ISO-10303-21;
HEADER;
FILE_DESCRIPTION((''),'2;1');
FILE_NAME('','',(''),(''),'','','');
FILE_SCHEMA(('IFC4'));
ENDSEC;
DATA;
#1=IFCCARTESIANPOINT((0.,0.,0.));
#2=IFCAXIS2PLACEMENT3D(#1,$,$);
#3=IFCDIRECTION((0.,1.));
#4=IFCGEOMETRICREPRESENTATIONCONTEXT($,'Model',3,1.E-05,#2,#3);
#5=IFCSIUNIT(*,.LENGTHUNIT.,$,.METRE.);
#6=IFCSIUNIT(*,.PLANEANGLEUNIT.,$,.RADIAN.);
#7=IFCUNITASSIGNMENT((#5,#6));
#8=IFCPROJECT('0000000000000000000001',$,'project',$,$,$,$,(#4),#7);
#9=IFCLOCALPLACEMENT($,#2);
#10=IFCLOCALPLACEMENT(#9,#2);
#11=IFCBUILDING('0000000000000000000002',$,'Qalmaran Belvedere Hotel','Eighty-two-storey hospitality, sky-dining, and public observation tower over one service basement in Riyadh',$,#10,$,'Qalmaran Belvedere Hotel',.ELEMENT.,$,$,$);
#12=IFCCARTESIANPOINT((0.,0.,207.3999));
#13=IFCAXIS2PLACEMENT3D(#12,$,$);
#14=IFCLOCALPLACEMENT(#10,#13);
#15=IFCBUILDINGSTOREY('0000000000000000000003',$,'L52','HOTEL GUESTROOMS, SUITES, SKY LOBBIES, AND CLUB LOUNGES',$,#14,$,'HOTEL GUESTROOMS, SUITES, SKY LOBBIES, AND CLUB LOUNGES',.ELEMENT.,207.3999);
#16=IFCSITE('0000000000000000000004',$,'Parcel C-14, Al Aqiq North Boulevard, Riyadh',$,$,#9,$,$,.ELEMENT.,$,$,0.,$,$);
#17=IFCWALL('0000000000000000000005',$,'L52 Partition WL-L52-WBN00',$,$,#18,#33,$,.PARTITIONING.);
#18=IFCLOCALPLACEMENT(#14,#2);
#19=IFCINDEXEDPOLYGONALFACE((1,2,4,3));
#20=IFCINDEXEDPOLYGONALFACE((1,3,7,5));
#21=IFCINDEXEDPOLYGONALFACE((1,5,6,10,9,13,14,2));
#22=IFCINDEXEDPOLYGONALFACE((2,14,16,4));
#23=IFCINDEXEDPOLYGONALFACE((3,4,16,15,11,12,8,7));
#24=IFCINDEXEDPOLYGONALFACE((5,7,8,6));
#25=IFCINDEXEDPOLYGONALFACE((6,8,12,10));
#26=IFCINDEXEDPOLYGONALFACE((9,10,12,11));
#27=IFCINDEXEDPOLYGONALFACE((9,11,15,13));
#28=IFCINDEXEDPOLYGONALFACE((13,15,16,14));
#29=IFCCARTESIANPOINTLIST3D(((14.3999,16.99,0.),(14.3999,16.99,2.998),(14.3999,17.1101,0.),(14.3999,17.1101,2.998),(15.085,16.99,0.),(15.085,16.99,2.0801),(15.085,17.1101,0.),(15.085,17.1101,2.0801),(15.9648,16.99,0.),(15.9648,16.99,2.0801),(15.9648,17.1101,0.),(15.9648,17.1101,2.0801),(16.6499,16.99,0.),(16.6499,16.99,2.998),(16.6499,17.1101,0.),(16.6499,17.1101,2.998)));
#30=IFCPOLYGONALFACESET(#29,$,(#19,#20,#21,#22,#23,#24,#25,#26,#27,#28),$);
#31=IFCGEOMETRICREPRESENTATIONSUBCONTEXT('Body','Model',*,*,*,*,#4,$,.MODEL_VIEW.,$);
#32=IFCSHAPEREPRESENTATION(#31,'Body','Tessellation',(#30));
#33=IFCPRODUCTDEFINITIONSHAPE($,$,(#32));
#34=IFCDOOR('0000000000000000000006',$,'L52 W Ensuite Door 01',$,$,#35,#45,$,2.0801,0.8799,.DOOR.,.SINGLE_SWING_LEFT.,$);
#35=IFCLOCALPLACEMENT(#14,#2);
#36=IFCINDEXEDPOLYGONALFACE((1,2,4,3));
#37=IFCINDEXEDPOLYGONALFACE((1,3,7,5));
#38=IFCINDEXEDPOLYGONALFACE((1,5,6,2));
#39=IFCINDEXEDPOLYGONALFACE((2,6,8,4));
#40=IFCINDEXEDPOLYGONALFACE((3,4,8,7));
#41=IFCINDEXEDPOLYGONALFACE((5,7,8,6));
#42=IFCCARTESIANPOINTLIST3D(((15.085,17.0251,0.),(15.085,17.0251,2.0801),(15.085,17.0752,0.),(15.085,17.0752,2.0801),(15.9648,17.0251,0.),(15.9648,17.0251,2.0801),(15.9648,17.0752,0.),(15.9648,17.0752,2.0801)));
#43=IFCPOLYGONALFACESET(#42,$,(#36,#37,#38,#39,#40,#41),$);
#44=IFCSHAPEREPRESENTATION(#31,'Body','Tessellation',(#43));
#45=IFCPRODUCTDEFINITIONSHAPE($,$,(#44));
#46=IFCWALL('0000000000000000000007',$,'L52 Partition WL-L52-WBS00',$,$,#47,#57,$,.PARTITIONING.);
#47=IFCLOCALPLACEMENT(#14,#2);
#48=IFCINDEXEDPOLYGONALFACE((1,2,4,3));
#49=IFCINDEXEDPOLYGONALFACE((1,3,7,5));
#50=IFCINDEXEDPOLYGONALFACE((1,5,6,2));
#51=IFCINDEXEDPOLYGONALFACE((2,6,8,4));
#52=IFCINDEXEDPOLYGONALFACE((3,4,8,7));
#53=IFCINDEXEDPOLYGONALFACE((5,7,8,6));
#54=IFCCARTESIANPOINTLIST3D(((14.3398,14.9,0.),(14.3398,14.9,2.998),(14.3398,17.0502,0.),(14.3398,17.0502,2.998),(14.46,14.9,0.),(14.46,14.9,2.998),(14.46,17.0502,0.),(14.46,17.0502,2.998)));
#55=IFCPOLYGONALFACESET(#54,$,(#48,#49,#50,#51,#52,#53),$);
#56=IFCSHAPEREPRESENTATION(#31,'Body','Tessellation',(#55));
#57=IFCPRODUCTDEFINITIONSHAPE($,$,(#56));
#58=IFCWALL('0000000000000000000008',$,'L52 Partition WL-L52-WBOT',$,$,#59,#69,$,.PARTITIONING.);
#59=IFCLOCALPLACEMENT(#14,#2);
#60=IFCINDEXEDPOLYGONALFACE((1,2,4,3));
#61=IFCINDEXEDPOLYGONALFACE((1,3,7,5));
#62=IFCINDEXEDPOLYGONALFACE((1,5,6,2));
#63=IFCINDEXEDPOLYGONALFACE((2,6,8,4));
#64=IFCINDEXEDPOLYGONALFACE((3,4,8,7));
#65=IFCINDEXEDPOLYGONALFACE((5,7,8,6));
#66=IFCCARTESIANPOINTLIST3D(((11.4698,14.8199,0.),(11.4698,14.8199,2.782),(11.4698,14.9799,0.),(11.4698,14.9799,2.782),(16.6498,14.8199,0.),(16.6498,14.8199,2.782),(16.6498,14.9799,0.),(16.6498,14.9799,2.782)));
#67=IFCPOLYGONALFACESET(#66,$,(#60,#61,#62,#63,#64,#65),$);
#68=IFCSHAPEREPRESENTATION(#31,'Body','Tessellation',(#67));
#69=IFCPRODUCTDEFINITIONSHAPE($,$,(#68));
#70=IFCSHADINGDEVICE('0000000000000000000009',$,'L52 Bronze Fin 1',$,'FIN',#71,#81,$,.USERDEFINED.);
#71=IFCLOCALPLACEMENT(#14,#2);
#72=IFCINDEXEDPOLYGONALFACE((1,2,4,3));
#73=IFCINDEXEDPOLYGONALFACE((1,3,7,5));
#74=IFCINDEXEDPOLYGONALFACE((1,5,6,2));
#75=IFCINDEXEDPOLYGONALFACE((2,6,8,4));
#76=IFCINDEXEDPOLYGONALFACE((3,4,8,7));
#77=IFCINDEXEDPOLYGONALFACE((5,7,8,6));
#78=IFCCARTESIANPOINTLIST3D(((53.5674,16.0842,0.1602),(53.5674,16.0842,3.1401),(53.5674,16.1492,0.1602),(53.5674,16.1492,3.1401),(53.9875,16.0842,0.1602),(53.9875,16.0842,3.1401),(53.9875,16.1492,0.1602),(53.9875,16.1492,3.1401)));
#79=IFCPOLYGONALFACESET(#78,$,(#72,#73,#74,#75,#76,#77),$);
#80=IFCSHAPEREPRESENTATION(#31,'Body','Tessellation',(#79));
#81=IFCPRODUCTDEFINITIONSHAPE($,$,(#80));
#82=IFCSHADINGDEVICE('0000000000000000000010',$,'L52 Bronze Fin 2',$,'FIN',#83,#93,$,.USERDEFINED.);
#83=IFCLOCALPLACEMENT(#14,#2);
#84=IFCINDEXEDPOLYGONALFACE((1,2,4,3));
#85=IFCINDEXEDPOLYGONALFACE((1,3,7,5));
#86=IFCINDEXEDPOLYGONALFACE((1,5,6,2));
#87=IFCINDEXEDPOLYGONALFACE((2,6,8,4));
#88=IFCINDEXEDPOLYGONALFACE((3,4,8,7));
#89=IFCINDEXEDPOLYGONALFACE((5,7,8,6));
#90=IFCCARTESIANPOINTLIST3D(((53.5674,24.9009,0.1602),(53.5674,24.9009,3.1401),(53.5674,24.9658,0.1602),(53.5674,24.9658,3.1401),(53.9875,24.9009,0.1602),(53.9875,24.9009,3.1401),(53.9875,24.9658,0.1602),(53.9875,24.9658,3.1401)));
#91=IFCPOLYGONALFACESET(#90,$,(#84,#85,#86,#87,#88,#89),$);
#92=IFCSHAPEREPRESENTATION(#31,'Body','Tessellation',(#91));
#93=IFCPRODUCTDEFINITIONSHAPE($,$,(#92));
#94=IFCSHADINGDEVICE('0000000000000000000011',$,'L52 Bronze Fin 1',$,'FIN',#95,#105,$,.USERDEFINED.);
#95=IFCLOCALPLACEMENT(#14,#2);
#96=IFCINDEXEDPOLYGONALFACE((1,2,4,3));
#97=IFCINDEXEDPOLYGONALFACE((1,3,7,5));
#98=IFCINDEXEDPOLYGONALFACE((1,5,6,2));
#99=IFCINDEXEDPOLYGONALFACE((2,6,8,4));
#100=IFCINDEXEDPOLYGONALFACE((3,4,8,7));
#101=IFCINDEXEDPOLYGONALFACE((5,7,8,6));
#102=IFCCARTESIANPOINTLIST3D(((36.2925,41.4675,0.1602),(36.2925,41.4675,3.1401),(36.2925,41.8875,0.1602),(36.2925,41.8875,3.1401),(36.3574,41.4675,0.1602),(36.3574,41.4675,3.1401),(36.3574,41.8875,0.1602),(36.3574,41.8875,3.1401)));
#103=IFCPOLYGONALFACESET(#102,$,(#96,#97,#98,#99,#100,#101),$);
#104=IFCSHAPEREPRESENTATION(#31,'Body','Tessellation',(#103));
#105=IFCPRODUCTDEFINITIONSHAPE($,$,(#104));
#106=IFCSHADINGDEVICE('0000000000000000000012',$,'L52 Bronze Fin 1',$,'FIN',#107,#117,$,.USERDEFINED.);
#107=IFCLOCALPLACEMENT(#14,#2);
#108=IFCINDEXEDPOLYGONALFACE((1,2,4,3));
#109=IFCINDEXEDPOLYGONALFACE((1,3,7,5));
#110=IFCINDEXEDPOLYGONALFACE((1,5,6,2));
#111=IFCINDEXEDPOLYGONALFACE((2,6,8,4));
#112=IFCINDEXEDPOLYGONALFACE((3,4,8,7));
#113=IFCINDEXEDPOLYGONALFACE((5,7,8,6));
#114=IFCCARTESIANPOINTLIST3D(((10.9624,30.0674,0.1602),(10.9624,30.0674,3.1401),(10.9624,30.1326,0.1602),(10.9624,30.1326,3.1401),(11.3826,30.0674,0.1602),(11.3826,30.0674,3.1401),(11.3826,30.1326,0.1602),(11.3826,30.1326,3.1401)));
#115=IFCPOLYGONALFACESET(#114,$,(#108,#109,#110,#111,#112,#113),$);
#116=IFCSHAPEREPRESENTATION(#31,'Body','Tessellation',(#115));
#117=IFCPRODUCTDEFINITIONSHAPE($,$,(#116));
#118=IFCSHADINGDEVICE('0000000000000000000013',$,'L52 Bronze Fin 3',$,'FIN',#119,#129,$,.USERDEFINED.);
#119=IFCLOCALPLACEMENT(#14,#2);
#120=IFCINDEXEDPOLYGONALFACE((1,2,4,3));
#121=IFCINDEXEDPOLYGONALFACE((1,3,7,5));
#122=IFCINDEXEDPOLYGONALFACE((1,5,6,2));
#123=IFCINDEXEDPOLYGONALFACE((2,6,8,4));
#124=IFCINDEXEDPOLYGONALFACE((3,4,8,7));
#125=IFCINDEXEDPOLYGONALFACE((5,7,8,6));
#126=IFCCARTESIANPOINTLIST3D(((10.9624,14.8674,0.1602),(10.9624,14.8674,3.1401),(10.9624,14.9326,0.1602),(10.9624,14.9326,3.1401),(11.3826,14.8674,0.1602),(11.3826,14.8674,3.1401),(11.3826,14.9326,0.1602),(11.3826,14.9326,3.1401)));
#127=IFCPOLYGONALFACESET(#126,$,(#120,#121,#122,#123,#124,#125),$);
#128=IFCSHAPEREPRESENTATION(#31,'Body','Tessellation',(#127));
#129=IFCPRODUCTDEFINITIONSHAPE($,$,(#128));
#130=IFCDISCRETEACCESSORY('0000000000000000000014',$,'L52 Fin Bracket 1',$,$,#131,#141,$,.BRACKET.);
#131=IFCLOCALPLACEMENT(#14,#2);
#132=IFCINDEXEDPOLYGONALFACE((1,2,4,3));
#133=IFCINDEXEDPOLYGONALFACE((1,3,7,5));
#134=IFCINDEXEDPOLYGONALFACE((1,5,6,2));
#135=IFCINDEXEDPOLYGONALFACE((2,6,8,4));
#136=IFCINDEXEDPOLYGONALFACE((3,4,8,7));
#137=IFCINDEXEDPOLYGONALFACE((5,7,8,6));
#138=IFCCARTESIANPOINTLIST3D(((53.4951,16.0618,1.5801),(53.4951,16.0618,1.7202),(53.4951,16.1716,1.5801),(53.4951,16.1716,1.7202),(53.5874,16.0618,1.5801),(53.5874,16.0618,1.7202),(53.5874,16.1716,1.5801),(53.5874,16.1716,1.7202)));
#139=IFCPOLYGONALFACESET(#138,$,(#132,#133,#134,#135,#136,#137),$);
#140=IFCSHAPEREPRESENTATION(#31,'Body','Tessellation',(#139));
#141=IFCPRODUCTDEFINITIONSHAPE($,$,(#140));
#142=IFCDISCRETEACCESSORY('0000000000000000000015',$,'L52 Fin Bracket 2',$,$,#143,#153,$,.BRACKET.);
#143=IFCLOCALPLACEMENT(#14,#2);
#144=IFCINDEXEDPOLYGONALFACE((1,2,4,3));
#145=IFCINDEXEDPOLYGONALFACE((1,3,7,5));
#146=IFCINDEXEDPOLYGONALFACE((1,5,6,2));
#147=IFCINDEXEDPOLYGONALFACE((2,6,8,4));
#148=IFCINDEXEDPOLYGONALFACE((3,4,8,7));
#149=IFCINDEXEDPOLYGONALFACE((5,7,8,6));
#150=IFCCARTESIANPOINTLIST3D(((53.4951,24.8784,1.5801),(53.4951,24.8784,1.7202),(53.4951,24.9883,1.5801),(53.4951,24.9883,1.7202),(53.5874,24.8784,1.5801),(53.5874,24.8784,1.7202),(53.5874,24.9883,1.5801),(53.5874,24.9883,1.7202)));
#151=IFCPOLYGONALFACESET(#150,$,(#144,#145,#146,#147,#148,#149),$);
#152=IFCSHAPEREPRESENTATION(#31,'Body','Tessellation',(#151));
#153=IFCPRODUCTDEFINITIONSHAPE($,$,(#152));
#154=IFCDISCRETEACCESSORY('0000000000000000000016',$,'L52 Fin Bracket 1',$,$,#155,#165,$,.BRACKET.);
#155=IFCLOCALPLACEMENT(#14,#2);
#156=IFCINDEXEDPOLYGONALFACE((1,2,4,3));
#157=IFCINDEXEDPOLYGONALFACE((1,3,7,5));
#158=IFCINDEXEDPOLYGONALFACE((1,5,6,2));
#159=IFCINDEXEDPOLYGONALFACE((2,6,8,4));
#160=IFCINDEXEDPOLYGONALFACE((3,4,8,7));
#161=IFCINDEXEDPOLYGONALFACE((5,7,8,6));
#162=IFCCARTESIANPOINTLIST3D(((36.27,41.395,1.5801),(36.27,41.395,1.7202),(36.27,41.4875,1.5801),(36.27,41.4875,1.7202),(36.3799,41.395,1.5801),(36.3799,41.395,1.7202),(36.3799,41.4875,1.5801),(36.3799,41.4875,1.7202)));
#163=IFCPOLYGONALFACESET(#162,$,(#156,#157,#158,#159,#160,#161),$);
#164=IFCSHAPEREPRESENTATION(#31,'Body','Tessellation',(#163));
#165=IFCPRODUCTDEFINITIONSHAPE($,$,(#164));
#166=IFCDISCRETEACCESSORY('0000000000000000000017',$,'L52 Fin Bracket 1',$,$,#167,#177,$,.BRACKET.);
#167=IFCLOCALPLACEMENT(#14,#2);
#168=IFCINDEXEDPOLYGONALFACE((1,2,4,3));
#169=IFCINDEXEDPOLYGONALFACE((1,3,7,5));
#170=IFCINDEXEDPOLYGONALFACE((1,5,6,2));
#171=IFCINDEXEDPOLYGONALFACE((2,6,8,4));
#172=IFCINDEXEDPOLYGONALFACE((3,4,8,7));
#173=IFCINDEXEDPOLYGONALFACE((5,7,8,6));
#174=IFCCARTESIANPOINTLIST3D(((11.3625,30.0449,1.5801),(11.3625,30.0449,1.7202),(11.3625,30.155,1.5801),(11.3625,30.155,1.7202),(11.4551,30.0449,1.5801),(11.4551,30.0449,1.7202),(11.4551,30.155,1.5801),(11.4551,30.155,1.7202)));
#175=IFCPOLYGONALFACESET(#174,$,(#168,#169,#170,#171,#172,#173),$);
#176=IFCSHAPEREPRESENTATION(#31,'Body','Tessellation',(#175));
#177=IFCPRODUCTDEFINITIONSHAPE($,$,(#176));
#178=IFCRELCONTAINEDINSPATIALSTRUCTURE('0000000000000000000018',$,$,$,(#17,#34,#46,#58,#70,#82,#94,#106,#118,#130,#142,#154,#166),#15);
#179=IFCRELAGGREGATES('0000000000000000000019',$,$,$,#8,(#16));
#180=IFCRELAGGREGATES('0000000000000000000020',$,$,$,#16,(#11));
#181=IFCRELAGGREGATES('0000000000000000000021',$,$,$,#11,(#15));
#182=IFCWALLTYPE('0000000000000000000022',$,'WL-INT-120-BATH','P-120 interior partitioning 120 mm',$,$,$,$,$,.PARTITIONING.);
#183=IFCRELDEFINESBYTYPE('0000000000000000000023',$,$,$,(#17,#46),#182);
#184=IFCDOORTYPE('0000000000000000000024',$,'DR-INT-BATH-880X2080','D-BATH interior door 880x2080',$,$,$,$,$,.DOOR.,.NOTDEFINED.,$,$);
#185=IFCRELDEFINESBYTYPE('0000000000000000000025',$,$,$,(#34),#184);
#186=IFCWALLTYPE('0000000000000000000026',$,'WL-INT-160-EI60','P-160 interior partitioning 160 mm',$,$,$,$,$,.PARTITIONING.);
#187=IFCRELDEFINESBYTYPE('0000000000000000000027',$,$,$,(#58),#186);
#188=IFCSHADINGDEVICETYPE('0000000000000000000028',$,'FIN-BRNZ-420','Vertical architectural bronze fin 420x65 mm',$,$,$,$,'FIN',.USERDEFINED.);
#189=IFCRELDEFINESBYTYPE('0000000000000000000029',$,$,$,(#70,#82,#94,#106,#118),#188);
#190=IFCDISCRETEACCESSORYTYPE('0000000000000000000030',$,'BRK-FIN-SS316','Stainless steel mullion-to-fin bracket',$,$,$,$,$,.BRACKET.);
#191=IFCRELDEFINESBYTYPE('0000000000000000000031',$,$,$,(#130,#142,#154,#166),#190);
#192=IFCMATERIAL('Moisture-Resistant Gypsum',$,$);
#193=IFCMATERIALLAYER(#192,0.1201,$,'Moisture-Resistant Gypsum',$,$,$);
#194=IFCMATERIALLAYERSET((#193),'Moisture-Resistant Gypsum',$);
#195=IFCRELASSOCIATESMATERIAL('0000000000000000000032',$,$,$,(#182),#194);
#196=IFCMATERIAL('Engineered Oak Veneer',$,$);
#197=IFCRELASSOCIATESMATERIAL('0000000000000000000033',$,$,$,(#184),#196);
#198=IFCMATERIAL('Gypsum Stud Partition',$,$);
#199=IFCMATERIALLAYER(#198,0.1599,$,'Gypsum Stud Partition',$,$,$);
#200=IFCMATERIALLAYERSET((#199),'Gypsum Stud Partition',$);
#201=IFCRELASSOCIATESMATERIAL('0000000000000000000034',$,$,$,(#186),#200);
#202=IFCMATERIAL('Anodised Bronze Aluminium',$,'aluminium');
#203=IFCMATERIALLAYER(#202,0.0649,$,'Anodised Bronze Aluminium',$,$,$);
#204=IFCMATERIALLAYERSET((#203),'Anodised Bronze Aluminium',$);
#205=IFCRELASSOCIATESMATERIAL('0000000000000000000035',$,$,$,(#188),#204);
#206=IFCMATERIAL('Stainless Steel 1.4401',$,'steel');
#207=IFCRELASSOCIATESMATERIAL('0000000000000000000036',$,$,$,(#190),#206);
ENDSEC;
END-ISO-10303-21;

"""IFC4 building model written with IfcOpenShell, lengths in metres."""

from ifc_helpers import new_model, si_unit, direction, frame, frame_2d, origin, place, context, subcontext, project, spatial, polyline, rectangle, outline, extrude, material, layer, layer_set, type_object, element, fill, save


model = new_model("IFC4")

# Units and contexts
model_context = context("Model", 3, precision=1e-05, world=origin(), true_north=direction((0.0, 1.0)))
body_context = subcontext(model_context, "Body", "Model", "MODEL_VIEW")
ifc_project = project(units=[si_unit("LENGTHUNIT", "METRE"), si_unit("PLANEANGLEUNIT", "RADIAN")], contexts=[model_context])

# Site, building, storey
site_placement = place(None, origin())
site = spatial("IfcSite", under=ifc_project, at=site_placement, Name="Parcel C-14, Al Aqiq North Boulevard, Riyadh", CompositionType="ELEMENT", RefElevation=0.0)
building_placement = place(site_placement, origin())
building = spatial("IfcBuilding", under=site, at=building_placement, Name="Qalmaran Belvedere Hotel", Description="Eighty-two-storey hospitality, sky-dining, and public observation tower over one service basement in Riyadh", LongName="Qalmaran Belvedere Hotel", CompositionType="ELEMENT")
storey_placement = place(building_placement, frame((0.0, 0.0, 207.3999)))
storey = spatial("IfcBuildingStorey", under=building, at=storey_placement, Name="L52", Description="HOTEL GUESTROOMS, SUITES, SKY LOBBIES, AND CLUB LOUNGES", LongName="HOTEL GUESTROOMS, SUITES, SKY LOBBIES, AND CLUB LOUNGES", CompositionType="ELEMENT", Elevation=207.3999)

# Shared definitions
ifc_material_1 = material(Name="Anodised Bronze Aluminium", Category="aluminium")

# Wall, opening, door
ifc_material_2 = material(Name="Moisture-Resistant Gypsum")
ifc_layer_1 = layer(ifc_material_2, 0.1201, Name="Moisture-Resistant Gypsum")
ifc_layer_set_1 = layer_set([ifc_layer_1], Name="Moisture-Resistant Gypsum")
wall_type_1 = type_object("IfcWallType", Name="WL-INT-120-BATH", Description="P-120 interior partitioning 120 mm", PredefinedType="PARTITIONING", material=ifc_layer_set_1)
wall_1_placement = place(storey_placement, frame((14.3999, 17.05, 0.0), z_axis=(0.0, 0.0, 1.0), x_axis=(1.0, 0.0, 0.0)))
wall_1 = element("IfcWall", 1, at=wall_1_placement, inside=storey, type_object=wall_type_1, Name="L52 Partition WL-L52-WBN00", PredefinedType="PARTITIONING", context=body_context, shape_type="SweptSolid", body=[
    extrude(rectangle(XDim=2.25, YDim=0.1201, at=frame_2d((1.125, 0.0))), origin(), (0.0, 0.0, 1.0), 2.998),
])
opening_1_placement = place(wall_1_placement, frame((1.5649, 0.0, 0.0), z_axis=(0.0, 0.0, 1.0), x_axis=(-1.0, 0.0, 0.0)))
opening_1 = element("IfcOpeningElement", 2, at=opening_1_placement, cuts=wall_1, PredefinedType="OPENING", context=body_context, shape_type="SweptSolid", body=[
    extrude(rectangle(XDim=0.8799, YDim=2.0801, at=frame_2d((0.4399, 1.04))), frame((0.0, 0.0701, 0.0), z_axis=(0.0, -1.0, 0.0), x_axis=(1.0, 0.0, 0.0)), (0.0, 0.0, 1.0), 0.1401),
])
ifc_material_3 = material(Name="Engineered Oak Veneer")
door_type = type_object("IfcDoorType", Name="DR-INT-BATH-880X2080", Description="D-BATH interior door 880x2080", OperationType="NOTDEFINED", PredefinedType="DOOR", material=ifc_material_3)
door_placement = place(opening_1_placement, origin())
door = element("IfcDoor", 3, at=door_placement, inside=storey, type_object=door_type, Name="L52 W Ensuite Door 01", OperationType="SINGLE_SWING_LEFT", OverallHeight=2.0801, OverallWidth=0.8799, PredefinedType="DOOR", context=body_context, shape_type="SweptSolid", body=[
    extrude(rectangle(XDim=0.8799, YDim=2.0801, at=frame_2d((0.4399, 1.04))), frame((0.0, 0.0249, 0.0), z_axis=(0.0, -1.0, 0.0), x_axis=(1.0, 0.0, 0.0)), (0.0, 0.0, 1.0), 0.05),
])
fill(opening_1, door)

# Walls
wall_2_placement = place(storey_placement, frame((14.3999, 14.8999, 0.0), z_axis=(0.0, 0.0, 1.0), x_axis=(0.0, 1.0, 0.0)))
element("IfcWall", 4, at=wall_2_placement, inside=storey, type_object=wall_type_1, Name="L52 Partition WL-L52-WBS00", PredefinedType="PARTITIONING", context=body_context, shape_type="SweptSolid", body=[
    extrude(rectangle(XDim=2.1501, YDim=0.1201, at=frame_2d((1.0752, 0.0))), origin(), (0.0, 0.0, 1.0), 2.998),
])
ifc_material_4 = material(Name="Gypsum Stud Partition")
ifc_layer_2 = layer(ifc_material_4, 0.1599, Name="Gypsum Stud Partition")
ifc_layer_set_2 = layer_set([ifc_layer_2], Name="Gypsum Stud Partition")
wall_type_2 = type_object("IfcWallType", Name="WL-INT-160-EI60", Description="P-160 interior partitioning 160 mm", PredefinedType="PARTITIONING", material=ifc_layer_set_2)
wall_3_placement = place(storey_placement, frame((11.47, 14.8999, 0.0), z_axis=(0.0, 0.0, 1.0), x_axis=(1.0, 0.0, 0.0)))
element("IfcWall", 5, at=wall_3_placement, inside=storey, type_object=wall_type_2, Name="L52 Partition WL-L52-WBOT", PredefinedType="PARTITIONING", context=body_context, shape_type="SweptSolid", body=[
    extrude(rectangle(XDim=5.1799, YDim=0.1599, at=frame_2d((2.5898, 0.0))), origin(), (0.0, 0.0, 1.0), 2.782),
])

# Shading devices
ifc_layer_3 = layer(ifc_material_1, 0.0649, Name="Anodised Bronze Aluminium")
ifc_layer_set_3 = layer_set([ifc_layer_3], Name="Anodised Bronze Aluminium")
shading_device_type = type_object("IfcShadingDeviceType", Name="FIN-BRNZ-420", Description="Vertical architectural bronze fin 420x65 mm", ElementType="FIN", PredefinedType="USERDEFINED", material=ifc_layer_set_3)
shading_device_1_placement = place(storey_placement, frame((0.0, 0.0, 0.1602)))
element("IfcShadingDevice", 6, at=shading_device_1_placement, inside=storey, type_object=shading_device_type, Name="L52 Bronze Fin 1", ObjectType="FIN", PredefinedType="USERDEFINED", context=body_context, shape_type="SweptSolid", body=[
    extrude(outline(polyline([(53.5674, 16.0842), (53.9875, 16.0842), (53.9875, 16.1492), (53.5674, 16.1492), (53.5674, 16.0842)])), origin(), (0.0, 0.0, 1.0), 2.98),
])
shading_device_2_placement = place(storey_placement, frame((0.0, 0.0, 0.1602)))
element("IfcShadingDevice", 7, at=shading_device_2_placement, inside=storey, type_object=shading_device_type, Name="L52 Bronze Fin 2", ObjectType="FIN", PredefinedType="USERDEFINED", context=body_context, shape_type="SweptSolid", body=[
    extrude(outline(polyline([(53.5674, 24.9009), (53.9875, 24.9009), (53.9875, 24.9658), (53.5674, 24.9658), (53.5674, 24.9009)])), origin(), (0.0, 0.0, 1.0), 2.98),
])
shading_device_3_placement = place(storey_placement, frame((0.0, 0.0, 0.1602)))
element("IfcShadingDevice", 8, at=shading_device_3_placement, inside=storey, type_object=shading_device_type, Name="L52 Bronze Fin 1", ObjectType="FIN", PredefinedType="USERDEFINED", context=body_context, shape_type="SweptSolid", body=[
    extrude(outline(polyline([(36.3574, 41.4675), (36.3574, 41.8875), (36.2925, 41.8875), (36.2925, 41.4675), (36.3574, 41.4675)])), origin(), (0.0, 0.0, 1.0), 2.98),
])
shading_device_4_placement = place(storey_placement, frame((0.0, 0.0, 0.1602)))
element("IfcShadingDevice", 9, at=shading_device_4_placement, inside=storey, type_object=shading_device_type, Name="L52 Bronze Fin 1", ObjectType="FIN", PredefinedType="USERDEFINED", context=body_context, shape_type="SweptSolid", body=[
    extrude(outline(polyline([(11.3826, 30.1326), (10.9624, 30.1326), (10.9624, 30.0674), (11.3826, 30.0674), (11.3826, 30.1326)])), origin(), (0.0, 0.0, 1.0), 2.98),
])
shading_device_5_placement = place(storey_placement, frame((0.0, 0.0, 0.1602)))
element("IfcShadingDevice", 10, at=shading_device_5_placement, inside=storey, type_object=shading_device_type, Name="L52 Bronze Fin 3", ObjectType="FIN", PredefinedType="USERDEFINED", context=body_context, shape_type="SweptSolid", body=[
    extrude(outline(polyline([(11.3826, 14.9326), (10.9624, 14.9326), (10.9624, 14.8674), (11.3826, 14.8674), (11.3826, 14.9326)])), origin(), (0.0, 0.0, 1.0), 2.98),
])

# Discrete accessories
ifc_material_5 = material(Name="Stainless Steel 1.4401", Category="steel")
discrete_accessory_type_1 = type_object("IfcDiscreteAccessoryType", Name="BRK-FIN-SS316", Description="Stainless steel mullion-to-fin bracket", PredefinedType="BRACKET", material=ifc_material_5)
discrete_accessory_1_placement = place(storey_placement, frame((0.0, 0.0, 1.5801)))
element("IfcDiscreteAccessory", 11, at=discrete_accessory_1_placement, inside=storey, type_object=discrete_accessory_type_1, Name="L52 Fin Bracket 1", PredefinedType="BRACKET", context=body_context, shape_type="SweptSolid", body=[
    extrude(outline(polyline([(53.4951, 16.0618), (53.5874, 16.0618), (53.5874, 16.1716), (53.4951, 16.1716), (53.4951, 16.0618)])), origin(), (0.0, 0.0, 1.0), 0.1401),
])
discrete_accessory_2_placement = place(storey_placement, frame((0.0, 0.0, 1.5801)))
element("IfcDiscreteAccessory", 12, at=discrete_accessory_2_placement, inside=storey, type_object=discrete_accessory_type_1, Name="L52 Fin Bracket 2", PredefinedType="BRACKET", context=body_context, shape_type="SweptSolid", body=[
    extrude(outline(polyline([(53.4951, 24.8784), (53.5874, 24.8784), (53.5874, 24.9883), (53.4951, 24.9883), (53.4951, 24.8784)])), origin(), (0.0, 0.0, 1.0), 0.1401),
])
discrete_accessory_3_placement = place(storey_placement, frame((0.0, 0.0, 1.5801)))
element("IfcDiscreteAccessory", 13, at=discrete_accessory_3_placement, inside=storey, type_object=discrete_accessory_type_1, Name="L52 Fin Bracket 1", PredefinedType="BRACKET", context=body_context, shape_type="SweptSolid", body=[
    extrude(outline(polyline([(36.3799, 41.395), (36.3799, 41.4875), (36.27, 41.4875), (36.27, 41.395), (36.3799, 41.395)])), origin(), (0.0, 0.0, 1.0), 0.1401),
])
discrete_accessory_4_placement = place(storey_placement, frame((0.0, 0.0, 1.5801)))
element("IfcDiscreteAccessory", 14, at=discrete_accessory_4_placement, inside=storey, type_object=discrete_accessory_type_1, Name="L52 Fin Bracket 1", PredefinedType="BRACKET", context=body_context, shape_type="SweptSolid", body=[
    extrude(outline(polyline([(11.4551, 30.155), (11.3625, 30.155), (11.3625, 30.0449), (11.4551, 30.0449), (11.4551, 30.155)])), origin(), (0.0, 0.0, 1.0), 0.1401),
])

save(model, "model.ifc")
